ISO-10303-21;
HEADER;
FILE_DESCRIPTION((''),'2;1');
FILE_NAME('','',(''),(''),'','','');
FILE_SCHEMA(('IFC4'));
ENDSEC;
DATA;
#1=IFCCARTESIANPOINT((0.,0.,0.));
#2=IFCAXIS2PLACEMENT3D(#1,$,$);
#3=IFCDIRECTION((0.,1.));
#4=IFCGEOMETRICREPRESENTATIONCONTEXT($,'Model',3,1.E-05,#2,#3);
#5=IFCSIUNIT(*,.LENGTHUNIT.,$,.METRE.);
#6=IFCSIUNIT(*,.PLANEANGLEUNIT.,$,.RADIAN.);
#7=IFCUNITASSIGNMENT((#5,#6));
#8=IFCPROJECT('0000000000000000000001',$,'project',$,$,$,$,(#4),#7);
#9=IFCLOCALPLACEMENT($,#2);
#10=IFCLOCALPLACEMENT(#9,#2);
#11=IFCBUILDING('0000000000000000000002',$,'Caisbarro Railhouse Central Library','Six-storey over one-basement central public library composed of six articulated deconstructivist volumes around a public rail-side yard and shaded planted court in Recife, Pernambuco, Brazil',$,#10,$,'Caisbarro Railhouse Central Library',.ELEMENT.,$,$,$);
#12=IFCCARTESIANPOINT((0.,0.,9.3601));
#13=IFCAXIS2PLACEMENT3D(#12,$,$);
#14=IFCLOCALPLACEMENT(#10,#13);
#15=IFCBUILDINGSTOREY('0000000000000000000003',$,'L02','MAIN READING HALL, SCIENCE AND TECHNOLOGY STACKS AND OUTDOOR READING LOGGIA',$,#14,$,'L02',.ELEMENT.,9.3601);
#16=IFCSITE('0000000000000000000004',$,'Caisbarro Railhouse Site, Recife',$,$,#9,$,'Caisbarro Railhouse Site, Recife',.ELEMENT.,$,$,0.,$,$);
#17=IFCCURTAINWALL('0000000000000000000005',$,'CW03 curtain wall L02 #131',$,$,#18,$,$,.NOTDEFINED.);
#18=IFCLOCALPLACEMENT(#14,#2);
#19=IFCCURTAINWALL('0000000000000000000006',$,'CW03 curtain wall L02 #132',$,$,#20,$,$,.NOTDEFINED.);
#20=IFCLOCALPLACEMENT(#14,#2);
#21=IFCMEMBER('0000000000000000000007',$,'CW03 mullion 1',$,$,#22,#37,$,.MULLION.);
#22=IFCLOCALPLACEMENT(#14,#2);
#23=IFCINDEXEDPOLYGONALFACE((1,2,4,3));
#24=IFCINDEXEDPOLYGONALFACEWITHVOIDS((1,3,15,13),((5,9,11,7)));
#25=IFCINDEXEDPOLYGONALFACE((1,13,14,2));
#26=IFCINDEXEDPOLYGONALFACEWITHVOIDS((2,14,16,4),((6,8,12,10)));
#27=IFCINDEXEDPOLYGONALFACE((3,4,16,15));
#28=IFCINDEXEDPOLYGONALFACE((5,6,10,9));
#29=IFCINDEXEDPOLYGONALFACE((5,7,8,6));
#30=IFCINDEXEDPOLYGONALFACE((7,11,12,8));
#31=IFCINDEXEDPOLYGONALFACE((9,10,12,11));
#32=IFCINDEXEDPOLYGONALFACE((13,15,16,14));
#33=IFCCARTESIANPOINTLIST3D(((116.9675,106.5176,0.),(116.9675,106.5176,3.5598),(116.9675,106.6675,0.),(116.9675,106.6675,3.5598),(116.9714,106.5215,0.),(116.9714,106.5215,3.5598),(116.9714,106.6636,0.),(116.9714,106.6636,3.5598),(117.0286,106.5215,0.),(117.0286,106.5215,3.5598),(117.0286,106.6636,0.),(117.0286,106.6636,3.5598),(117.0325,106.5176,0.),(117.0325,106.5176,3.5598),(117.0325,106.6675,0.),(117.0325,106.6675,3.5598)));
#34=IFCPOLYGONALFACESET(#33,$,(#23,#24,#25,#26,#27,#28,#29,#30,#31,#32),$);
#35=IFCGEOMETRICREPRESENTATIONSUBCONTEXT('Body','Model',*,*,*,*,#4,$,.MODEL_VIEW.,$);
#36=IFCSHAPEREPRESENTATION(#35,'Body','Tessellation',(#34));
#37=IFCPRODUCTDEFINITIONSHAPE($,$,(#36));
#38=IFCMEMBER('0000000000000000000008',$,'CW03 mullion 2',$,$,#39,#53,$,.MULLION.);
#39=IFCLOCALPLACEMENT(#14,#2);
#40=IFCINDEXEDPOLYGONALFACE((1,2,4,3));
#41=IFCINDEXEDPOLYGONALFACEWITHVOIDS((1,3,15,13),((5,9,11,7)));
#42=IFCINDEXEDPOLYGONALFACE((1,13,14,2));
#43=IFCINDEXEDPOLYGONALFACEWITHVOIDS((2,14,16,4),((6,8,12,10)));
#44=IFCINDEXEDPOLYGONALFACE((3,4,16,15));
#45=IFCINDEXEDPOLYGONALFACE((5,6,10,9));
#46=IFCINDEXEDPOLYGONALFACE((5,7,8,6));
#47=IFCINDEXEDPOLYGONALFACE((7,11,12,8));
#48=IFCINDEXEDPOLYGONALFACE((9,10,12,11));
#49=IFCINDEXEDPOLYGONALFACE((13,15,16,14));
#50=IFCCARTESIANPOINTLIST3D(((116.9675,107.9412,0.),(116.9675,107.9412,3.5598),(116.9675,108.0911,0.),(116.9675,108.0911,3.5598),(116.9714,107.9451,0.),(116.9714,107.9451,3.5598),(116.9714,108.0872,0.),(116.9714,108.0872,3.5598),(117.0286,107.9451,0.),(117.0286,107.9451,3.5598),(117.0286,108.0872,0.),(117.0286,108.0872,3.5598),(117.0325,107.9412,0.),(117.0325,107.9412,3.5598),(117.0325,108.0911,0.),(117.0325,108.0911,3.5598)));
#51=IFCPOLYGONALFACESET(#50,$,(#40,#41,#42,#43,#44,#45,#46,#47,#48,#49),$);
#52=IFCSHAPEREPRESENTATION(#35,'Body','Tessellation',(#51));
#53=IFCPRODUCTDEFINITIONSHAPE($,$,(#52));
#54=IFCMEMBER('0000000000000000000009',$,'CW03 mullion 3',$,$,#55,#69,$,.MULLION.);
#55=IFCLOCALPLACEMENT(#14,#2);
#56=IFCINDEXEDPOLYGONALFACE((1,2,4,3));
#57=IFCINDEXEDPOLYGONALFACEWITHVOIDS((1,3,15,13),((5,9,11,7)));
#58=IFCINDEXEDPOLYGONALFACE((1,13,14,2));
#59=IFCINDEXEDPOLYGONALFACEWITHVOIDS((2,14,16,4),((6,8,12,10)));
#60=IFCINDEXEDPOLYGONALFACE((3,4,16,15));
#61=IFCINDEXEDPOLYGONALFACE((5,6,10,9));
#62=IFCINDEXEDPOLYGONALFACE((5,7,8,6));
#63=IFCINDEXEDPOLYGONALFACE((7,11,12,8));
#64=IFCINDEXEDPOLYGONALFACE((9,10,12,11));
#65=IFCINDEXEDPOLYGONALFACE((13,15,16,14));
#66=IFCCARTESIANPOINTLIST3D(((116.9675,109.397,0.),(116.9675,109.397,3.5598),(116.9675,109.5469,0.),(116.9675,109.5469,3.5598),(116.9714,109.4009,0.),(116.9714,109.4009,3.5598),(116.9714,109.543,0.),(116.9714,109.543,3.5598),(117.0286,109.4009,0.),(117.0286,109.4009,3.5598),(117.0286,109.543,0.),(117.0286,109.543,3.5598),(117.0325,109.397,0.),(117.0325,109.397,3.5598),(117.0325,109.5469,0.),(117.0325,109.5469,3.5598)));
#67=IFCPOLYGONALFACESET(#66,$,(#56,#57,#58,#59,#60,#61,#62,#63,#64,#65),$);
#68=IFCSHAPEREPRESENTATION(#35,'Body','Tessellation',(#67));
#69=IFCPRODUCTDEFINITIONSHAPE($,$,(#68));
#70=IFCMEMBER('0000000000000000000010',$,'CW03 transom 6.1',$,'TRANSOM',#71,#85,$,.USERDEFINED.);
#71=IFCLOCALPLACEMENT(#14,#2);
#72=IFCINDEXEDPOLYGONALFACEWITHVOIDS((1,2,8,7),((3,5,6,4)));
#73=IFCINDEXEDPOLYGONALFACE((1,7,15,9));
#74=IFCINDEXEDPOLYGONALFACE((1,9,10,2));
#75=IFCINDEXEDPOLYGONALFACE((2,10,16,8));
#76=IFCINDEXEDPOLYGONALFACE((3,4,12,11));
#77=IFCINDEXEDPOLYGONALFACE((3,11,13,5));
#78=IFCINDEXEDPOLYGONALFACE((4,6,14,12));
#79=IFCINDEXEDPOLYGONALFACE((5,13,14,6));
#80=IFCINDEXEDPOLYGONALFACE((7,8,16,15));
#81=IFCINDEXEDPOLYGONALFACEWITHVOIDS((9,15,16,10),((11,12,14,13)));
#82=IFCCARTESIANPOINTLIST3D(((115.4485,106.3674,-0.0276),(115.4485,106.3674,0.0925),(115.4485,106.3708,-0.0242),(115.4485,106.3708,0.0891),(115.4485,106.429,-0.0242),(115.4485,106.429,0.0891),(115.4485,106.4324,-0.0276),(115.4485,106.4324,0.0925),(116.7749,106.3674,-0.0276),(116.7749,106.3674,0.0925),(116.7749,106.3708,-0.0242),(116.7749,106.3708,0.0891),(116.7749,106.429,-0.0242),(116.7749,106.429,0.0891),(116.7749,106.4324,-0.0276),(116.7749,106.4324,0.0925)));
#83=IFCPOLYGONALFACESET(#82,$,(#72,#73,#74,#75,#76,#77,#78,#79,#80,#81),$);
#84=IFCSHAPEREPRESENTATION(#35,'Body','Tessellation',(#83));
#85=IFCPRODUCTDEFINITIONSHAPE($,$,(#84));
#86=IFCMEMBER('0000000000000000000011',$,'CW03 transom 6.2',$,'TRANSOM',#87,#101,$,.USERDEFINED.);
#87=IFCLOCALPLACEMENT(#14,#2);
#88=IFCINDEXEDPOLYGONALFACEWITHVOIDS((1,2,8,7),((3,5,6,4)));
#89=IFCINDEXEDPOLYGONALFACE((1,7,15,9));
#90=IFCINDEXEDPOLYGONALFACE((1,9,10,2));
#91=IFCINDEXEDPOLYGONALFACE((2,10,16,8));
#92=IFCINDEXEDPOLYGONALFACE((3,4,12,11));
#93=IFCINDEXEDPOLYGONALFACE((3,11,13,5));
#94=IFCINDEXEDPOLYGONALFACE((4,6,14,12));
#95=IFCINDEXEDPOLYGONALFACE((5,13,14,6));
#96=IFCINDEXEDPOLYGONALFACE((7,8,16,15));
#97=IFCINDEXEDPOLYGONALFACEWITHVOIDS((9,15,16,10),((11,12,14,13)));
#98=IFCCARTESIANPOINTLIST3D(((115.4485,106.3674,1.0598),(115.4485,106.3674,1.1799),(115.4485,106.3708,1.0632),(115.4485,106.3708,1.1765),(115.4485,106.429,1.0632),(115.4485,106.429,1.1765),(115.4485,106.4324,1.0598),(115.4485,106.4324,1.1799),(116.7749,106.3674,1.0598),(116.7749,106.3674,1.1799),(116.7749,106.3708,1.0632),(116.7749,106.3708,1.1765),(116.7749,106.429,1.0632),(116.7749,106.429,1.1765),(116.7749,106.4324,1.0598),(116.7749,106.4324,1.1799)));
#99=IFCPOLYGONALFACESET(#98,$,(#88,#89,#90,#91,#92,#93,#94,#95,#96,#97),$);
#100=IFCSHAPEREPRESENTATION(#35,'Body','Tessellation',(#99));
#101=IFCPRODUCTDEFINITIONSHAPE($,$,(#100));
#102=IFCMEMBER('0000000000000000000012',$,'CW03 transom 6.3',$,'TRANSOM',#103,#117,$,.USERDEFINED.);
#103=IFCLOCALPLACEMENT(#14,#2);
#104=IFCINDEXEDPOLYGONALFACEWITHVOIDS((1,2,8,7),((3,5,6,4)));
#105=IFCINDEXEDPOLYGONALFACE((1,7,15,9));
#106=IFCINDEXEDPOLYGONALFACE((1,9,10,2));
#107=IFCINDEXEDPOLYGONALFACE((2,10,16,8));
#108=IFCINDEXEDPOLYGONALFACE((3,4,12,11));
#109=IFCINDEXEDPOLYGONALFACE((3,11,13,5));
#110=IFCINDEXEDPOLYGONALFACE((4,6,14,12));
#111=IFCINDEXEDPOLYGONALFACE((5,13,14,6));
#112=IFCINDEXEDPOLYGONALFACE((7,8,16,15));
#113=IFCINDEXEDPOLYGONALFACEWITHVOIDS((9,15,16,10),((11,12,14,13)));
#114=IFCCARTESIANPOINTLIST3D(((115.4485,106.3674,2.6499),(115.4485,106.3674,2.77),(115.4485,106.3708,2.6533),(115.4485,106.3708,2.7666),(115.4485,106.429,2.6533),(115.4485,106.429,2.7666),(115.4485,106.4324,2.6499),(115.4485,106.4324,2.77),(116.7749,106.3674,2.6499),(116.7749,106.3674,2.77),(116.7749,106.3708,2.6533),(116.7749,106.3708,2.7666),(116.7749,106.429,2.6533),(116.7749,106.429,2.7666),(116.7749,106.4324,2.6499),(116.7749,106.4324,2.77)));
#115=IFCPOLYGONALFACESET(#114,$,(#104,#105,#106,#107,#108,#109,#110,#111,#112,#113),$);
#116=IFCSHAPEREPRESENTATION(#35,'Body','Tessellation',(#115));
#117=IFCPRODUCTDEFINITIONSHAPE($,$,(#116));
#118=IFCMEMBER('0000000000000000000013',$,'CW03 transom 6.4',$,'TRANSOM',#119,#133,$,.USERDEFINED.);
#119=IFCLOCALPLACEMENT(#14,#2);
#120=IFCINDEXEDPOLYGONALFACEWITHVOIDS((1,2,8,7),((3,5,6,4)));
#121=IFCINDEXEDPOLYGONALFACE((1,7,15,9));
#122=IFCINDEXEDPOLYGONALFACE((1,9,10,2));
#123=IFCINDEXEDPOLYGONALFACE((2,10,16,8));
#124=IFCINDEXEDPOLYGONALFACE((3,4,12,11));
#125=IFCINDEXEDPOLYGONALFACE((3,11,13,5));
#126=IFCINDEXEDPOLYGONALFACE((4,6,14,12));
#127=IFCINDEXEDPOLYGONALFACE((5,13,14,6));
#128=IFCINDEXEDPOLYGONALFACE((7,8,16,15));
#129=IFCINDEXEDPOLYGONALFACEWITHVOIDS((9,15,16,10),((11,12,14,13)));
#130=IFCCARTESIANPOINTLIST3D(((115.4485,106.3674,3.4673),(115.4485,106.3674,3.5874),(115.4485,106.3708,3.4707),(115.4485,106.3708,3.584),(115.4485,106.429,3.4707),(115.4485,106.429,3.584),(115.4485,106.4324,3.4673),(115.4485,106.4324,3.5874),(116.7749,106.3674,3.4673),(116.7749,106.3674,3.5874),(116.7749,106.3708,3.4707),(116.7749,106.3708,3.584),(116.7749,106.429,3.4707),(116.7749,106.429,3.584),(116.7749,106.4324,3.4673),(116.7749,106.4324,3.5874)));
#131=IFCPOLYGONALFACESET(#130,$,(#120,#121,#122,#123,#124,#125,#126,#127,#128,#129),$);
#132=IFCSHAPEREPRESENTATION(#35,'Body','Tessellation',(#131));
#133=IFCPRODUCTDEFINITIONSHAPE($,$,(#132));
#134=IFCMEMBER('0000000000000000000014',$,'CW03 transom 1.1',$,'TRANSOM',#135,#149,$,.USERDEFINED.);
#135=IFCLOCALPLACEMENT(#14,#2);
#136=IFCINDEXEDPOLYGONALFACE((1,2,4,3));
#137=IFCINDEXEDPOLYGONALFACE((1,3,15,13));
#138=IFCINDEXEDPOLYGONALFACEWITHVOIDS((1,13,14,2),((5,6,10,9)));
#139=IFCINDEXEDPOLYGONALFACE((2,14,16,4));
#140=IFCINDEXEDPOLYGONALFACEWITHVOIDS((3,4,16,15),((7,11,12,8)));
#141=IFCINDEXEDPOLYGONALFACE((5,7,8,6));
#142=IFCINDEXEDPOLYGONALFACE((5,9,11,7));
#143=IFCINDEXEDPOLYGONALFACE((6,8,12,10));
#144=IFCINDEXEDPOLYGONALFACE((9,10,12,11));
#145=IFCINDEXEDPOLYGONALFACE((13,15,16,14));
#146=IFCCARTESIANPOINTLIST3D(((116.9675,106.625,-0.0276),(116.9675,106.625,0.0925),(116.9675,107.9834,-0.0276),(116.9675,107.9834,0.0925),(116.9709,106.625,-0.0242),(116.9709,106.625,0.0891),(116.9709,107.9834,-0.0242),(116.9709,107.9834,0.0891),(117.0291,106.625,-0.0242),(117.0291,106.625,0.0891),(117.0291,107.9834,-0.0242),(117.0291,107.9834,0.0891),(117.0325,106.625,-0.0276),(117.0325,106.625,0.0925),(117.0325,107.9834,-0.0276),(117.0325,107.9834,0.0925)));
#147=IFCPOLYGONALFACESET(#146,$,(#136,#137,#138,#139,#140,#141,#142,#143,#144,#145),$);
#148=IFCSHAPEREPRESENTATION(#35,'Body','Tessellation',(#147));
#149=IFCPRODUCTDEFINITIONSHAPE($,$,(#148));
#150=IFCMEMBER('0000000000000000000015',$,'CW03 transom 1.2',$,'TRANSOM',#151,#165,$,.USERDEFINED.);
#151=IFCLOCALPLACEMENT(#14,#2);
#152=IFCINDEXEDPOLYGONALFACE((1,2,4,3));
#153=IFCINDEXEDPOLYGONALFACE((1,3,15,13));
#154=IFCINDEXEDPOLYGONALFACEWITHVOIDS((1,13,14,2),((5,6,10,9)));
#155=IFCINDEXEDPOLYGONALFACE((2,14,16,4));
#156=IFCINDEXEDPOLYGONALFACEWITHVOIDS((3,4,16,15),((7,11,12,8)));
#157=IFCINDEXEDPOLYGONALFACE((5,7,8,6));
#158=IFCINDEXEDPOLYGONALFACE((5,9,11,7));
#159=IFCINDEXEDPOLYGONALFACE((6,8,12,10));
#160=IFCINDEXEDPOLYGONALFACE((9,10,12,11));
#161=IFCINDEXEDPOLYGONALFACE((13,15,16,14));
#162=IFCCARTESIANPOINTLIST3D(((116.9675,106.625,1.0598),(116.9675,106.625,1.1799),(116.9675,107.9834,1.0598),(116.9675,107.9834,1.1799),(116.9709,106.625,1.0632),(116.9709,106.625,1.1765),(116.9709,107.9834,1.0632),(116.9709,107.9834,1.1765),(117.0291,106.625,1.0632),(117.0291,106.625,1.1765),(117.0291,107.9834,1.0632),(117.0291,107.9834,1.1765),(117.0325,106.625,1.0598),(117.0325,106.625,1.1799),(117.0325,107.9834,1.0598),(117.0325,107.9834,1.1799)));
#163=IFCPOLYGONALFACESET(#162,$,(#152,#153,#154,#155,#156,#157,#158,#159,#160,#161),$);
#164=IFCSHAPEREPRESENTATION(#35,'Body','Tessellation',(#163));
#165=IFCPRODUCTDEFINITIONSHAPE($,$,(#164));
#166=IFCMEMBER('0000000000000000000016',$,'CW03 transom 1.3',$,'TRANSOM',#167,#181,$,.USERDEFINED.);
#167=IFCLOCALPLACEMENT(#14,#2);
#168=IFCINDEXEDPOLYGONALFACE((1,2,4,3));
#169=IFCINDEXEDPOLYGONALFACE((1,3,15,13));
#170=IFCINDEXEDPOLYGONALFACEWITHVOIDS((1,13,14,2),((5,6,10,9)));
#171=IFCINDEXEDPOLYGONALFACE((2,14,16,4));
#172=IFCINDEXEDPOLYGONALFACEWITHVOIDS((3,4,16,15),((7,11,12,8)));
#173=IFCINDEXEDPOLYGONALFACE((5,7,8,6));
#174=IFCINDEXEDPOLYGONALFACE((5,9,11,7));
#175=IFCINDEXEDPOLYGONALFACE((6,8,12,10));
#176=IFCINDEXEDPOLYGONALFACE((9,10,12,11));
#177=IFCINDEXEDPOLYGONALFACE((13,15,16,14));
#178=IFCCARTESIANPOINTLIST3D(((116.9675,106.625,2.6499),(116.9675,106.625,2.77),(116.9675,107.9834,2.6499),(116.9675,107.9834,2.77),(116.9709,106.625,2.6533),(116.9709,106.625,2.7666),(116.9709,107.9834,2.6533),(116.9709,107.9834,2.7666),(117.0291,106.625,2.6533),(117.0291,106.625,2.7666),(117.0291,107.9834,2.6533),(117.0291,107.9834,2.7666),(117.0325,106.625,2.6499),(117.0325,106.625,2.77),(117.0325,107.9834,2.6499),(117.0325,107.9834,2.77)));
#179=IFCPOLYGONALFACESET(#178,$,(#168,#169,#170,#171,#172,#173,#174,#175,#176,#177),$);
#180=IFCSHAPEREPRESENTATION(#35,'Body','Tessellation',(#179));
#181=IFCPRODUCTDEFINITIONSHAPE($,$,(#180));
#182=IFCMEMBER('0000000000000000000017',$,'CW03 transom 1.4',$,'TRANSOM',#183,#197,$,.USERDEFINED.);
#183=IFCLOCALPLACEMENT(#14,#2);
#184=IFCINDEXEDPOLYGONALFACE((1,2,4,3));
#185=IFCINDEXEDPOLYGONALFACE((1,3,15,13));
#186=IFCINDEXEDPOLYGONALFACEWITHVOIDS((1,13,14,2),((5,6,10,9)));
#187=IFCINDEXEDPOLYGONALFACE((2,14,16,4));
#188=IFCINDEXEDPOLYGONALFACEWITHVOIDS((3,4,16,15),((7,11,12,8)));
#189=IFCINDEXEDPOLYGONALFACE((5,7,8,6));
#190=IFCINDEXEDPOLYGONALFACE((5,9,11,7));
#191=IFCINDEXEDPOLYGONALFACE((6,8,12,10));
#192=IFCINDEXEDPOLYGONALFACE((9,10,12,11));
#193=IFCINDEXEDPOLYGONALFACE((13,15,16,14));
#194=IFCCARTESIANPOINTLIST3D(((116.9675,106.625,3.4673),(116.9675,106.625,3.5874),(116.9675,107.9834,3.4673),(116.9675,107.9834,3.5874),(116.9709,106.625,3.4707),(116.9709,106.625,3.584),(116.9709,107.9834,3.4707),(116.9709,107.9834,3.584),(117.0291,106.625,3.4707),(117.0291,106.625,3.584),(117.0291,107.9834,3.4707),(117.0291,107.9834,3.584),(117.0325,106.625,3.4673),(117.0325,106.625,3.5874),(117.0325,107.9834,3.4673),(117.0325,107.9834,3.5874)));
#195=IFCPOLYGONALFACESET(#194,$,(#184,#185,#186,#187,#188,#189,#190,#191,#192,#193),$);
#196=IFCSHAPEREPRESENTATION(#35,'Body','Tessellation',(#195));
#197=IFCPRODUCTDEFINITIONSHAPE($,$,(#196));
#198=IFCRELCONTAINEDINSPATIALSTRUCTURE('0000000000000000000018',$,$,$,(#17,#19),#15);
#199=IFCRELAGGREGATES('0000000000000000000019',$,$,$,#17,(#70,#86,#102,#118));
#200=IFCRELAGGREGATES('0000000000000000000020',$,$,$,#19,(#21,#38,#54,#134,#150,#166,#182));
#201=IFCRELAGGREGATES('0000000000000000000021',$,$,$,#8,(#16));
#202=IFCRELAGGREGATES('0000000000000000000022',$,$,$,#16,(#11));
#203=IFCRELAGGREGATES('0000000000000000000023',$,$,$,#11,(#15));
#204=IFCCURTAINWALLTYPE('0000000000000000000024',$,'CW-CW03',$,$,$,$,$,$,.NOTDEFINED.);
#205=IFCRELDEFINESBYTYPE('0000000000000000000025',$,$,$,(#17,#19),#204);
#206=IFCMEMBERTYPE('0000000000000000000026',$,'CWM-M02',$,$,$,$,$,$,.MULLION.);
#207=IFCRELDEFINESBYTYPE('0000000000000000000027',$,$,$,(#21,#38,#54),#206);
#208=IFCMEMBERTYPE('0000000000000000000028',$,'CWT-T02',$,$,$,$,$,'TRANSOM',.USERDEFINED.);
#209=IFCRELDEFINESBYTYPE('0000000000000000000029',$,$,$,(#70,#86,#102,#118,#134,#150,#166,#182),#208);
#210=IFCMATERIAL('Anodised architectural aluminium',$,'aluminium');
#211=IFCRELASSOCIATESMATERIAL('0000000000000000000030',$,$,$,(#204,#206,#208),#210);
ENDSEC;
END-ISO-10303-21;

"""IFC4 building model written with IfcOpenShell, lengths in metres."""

from ifc_helpers import new_model, si_unit, direction, frame, origin, origin_2d, place, context, subcontext, project, spatial, hollow_rectangle, extrude, material, material_profile, profile_set, type_object, element, aggregate, save


model = new_model("IFC4")

# Units and contexts
model_context = context("Model", 3, precision=1e-05, world=origin(), true_north=direction((0.0, 1.0)))
body_context = subcontext(model_context, "Body", "Model", "MODEL_VIEW")
ifc_project = project(units=[si_unit("LENGTHUNIT", "METRE"), si_unit("PLANEANGLEUNIT", "RADIAN")], contexts=[model_context])

# Site, building, storey
site_placement = place(None, origin())
site = spatial("IfcSite", under=ifc_project, at=site_placement, Name="Caisbarro Railhouse Site, Recife", LongName="Caisbarro Railhouse Site, Recife", CompositionType="ELEMENT", RefElevation=0.0)
building_placement = place(site_placement, origin())
building = spatial("IfcBuilding", under=site, at=building_placement, Name="Caisbarro Railhouse Central Library", Description="Six-storey over one-basement central public library composed of six articulated deconstructivist volumes around a public rail-side yard and shaded planted court in Recife, Pernambuco, Brazil", LongName="Caisbarro Railhouse Central Library", CompositionType="ELEMENT")
storey_placement = place(building_placement, frame((0.0, 0.0, 9.3601)))
storey = spatial("IfcBuildingStorey", under=building, at=storey_placement, Name="L02", Description="MAIN READING HALL, SCIENCE AND TECHNOLOGY STACKS AND OUTDOOR READING LOGGIA", LongName="L02", CompositionType="ELEMENT", Elevation=9.3601)

# Curtain wall
ifc_material_1 = material(Name="Anodised architectural aluminium", Category="aluminium")
curtain_wall_type = type_object("IfcCurtainWallType", Name="CW-CW03", PredefinedType="NOTDEFINED", material=ifc_material_1)
curtain_wall_1_placement = place(storey_placement, origin())
curtain_wall_1 = element("IfcCurtainWall", 1, at=curtain_wall_1_placement, inside=storey, type_object=curtain_wall_type, Name="CW03 curtain wall L02 #131", PredefinedType="NOTDEFINED")
ifc_material_profile_1 = material_profile(ifc_material_1, hollow_rectangle(XDim=0.0649, YDim=0.1499, WallThickness=0.0039, at=origin_2d()), Name="ALU-MUL-65X150")
ifc_profile_set_1 = profile_set([ifc_material_profile_1], Name="Anodised architectural aluminium")
member_type_1 = type_object("IfcMemberType", Name="CWM-M02", PredefinedType="MULLION", material=ifc_profile_set_1)

# Curtain wall, members
curtain_wall_2_placement = place(storey_placement, origin())
curtain_wall_2 = element("IfcCurtainWall", 2, at=curtain_wall_2_placement, inside=storey, type_object=curtain_wall_type, Name="CW03 curtain wall L02 #132", PredefinedType="NOTDEFINED")
member_1_placement = place(storey_placement, frame((117.0, 106.5925, 0.0), z_axis=(0.0, 0.0, 1.0), x_axis=(-1.0, 0.0, 0.0)))
member_1 = element("IfcMember", 3, at=member_1_placement, type_object=member_type_1, Name="CW03 mullion 1", PredefinedType="MULLION", context=body_context, shape_type="SweptSolid", body=[
    extrude(hollow_rectangle(XDim=0.0649, YDim=0.1499, WallThickness=0.0039, at=origin_2d()), origin(), (0.0, 0.0, 1.0), 3.5598),
])
member_2_placement = place(storey_placement, frame((117.0, 108.0161, 0.0), z_axis=(0.0, 0.0, 1.0), x_axis=(-1.0, 0.0, 0.0)))
member_2 = element("IfcMember", 4, at=member_2_placement, type_object=member_type_1, Name="CW03 mullion 2", PredefinedType="MULLION", context=body_context, shape_type="SweptSolid", body=[
    extrude(hollow_rectangle(XDim=0.0649, YDim=0.1499, WallThickness=0.0039, at=origin_2d()), origin(), (0.0, 0.0, 1.0), 3.5598),
])
member_3_placement = place(storey_placement, frame((117.0, 109.4719, 0.0), z_axis=(0.0, 0.0, 1.0), x_axis=(-1.0, 0.0, 0.0)))
member_3 = element("IfcMember", 5, at=member_3_placement, type_object=member_type_1, Name="CW03 mullion 3", PredefinedType="MULLION", context=body_context, shape_type="SweptSolid", body=[
    extrude(hollow_rectangle(XDim=0.0649, YDim=0.1499, WallThickness=0.0039, at=origin_2d()), origin(), (0.0, 0.0, 1.0), 3.5598),
])

# Members
ifc_material_profile_2 = material_profile(ifc_material_1, hollow_rectangle(XDim=0.0649, YDim=0.1201, WallThickness=0.0034, at=origin_2d()), Name="ALU-TRN-65X120")
ifc_profile_set_2 = profile_set([ifc_material_profile_2], Name="Anodised architectural aluminium")
member_type_2 = type_object("IfcMemberType", Name="CWT-T02", ElementType="TRANSOM", PredefinedType="USERDEFINED", material=ifc_profile_set_2)
member_4_placement = place(storey_placement, frame((115.4485, 106.3999, 0.0325), z_axis=(1.0, 0.0, 0.0), x_axis=(0.0, 1.0, 0.0)))
member_4 = element("IfcMember", 6, at=member_4_placement, type_object=member_type_2, Name="CW03 transom 6.1", ObjectType="TRANSOM", PredefinedType="USERDEFINED", context=body_context, shape_type="SweptSolid", body=[
    extrude(hollow_rectangle(XDim=0.0649, YDim=0.1201, WallThickness=0.0034, at=origin_2d()), origin(), (0.0, 0.0, 1.0), 1.3264),
])
member_5_placement = place(storey_placement, frame((115.4485, 106.3999, 1.1199), z_axis=(1.0, 0.0, 0.0), x_axis=(0.0, 1.0, 0.0)))
member_5 = element("IfcMember", 7, at=member_5_placement, type_object=member_type_2, Name="CW03 transom 6.2", ObjectType="TRANSOM", PredefinedType="USERDEFINED", context=body_context, shape_type="SweptSolid", body=[
    extrude(hollow_rectangle(XDim=0.0649, YDim=0.1201, WallThickness=0.0034, at=origin_2d()), origin(), (0.0, 0.0, 1.0), 1.3264),
])
member_6_placement = place(storey_placement, frame((115.4485, 106.3999, 2.71), z_axis=(1.0, 0.0, 0.0), x_axis=(0.0, 1.0, 0.0)))
member_6 = element("IfcMember", 8, at=member_6_placement, type_object=member_type_2, Name="CW03 transom 6.3", ObjectType="TRANSOM", PredefinedType="USERDEFINED", context=body_context, shape_type="SweptSolid", body=[
    extrude(hollow_rectangle(XDim=0.0649, YDim=0.1201, WallThickness=0.0034, at=origin_2d()), origin(), (0.0, 0.0, 1.0), 1.3264),
])
member_7_placement = place(storey_placement, frame((115.4485, 106.3999, 3.5273), z_axis=(1.0, 0.0, 0.0), x_axis=(0.0, 1.0, 0.0)))
member_7 = element("IfcMember", 9, at=member_7_placement, type_object=member_type_2, Name="CW03 transom 6.4", ObjectType="TRANSOM", PredefinedType="USERDEFINED", context=body_context, shape_type="SweptSolid", body=[
    extrude(hollow_rectangle(XDim=0.0649, YDim=0.1201, WallThickness=0.0034, at=origin_2d()), origin(), (0.0, 0.0, 1.0), 1.3264),
])
member_8_placement = place(storey_placement, frame((117.0, 106.625, 0.0325), z_axis=(0.0, 1.0, 0.0), x_axis=(-1.0, 0.0, 0.0)))
member_8 = element("IfcMember", 10, at=member_8_placement, type_object=member_type_2, Name="CW03 transom 1.1", ObjectType="TRANSOM", PredefinedType="USERDEFINED", context=body_context, shape_type="SweptSolid", body=[
    extrude(hollow_rectangle(XDim=0.0649, YDim=0.1201, WallThickness=0.0034, at=origin_2d()), origin(), (0.0, 0.0, 1.0), 1.3584),
])
member_9_placement = place(storey_placement, frame((117.0, 106.625, 1.1199), z_axis=(0.0, 1.0, 0.0), x_axis=(-1.0, 0.0, 0.0)))
member_9 = element("IfcMember", 11, at=member_9_placement, type_object=member_type_2, Name="CW03 transom 1.2", ObjectType="TRANSOM", PredefinedType="USERDEFINED", context=body_context, shape_type="SweptSolid", body=[
    extrude(hollow_rectangle(XDim=0.0649, YDim=0.1201, WallThickness=0.0034, at=origin_2d()), origin(), (0.0, 0.0, 1.0), 1.3584),
])
member_10_placement = place(storey_placement, frame((117.0, 106.625, 2.71), z_axis=(0.0, 1.0, 0.0), x_axis=(-1.0, 0.0, 0.0)))
member_10 = element("IfcMember", 12, at=member_10_placement, type_object=member_type_2, Name="CW03 transom 1.3", ObjectType="TRANSOM", PredefinedType="USERDEFINED", context=body_context, shape_type="SweptSolid", body=[
    extrude(hollow_rectangle(XDim=0.0649, YDim=0.1201, WallThickness=0.0034, at=origin_2d()), origin(), (0.0, 0.0, 1.0), 1.3584),
])
member_11_placement = place(storey_placement, frame((117.0, 106.625, 3.5273), z_axis=(0.0, 1.0, 0.0), x_axis=(-1.0, 0.0, 0.0)))
member_11 = element("IfcMember", 13, at=member_11_placement, type_object=member_type_2, Name="CW03 transom 1.4", ObjectType="TRANSOM", PredefinedType="USERDEFINED", context=body_context, shape_type="SweptSolid", body=[
    extrude(hollow_rectangle(XDim=0.0649, YDim=0.1201, WallThickness=0.0034, at=origin_2d()), origin(), (0.0, 0.0, 1.0), 1.3584),
])

aggregate(curtain_wall_1, [member_4, member_5, member_6, member_7])
aggregate(curtain_wall_2, [member_1, member_2, member_3, member_8, member_9, member_10, member_11])

save(model, "model.ifc")
